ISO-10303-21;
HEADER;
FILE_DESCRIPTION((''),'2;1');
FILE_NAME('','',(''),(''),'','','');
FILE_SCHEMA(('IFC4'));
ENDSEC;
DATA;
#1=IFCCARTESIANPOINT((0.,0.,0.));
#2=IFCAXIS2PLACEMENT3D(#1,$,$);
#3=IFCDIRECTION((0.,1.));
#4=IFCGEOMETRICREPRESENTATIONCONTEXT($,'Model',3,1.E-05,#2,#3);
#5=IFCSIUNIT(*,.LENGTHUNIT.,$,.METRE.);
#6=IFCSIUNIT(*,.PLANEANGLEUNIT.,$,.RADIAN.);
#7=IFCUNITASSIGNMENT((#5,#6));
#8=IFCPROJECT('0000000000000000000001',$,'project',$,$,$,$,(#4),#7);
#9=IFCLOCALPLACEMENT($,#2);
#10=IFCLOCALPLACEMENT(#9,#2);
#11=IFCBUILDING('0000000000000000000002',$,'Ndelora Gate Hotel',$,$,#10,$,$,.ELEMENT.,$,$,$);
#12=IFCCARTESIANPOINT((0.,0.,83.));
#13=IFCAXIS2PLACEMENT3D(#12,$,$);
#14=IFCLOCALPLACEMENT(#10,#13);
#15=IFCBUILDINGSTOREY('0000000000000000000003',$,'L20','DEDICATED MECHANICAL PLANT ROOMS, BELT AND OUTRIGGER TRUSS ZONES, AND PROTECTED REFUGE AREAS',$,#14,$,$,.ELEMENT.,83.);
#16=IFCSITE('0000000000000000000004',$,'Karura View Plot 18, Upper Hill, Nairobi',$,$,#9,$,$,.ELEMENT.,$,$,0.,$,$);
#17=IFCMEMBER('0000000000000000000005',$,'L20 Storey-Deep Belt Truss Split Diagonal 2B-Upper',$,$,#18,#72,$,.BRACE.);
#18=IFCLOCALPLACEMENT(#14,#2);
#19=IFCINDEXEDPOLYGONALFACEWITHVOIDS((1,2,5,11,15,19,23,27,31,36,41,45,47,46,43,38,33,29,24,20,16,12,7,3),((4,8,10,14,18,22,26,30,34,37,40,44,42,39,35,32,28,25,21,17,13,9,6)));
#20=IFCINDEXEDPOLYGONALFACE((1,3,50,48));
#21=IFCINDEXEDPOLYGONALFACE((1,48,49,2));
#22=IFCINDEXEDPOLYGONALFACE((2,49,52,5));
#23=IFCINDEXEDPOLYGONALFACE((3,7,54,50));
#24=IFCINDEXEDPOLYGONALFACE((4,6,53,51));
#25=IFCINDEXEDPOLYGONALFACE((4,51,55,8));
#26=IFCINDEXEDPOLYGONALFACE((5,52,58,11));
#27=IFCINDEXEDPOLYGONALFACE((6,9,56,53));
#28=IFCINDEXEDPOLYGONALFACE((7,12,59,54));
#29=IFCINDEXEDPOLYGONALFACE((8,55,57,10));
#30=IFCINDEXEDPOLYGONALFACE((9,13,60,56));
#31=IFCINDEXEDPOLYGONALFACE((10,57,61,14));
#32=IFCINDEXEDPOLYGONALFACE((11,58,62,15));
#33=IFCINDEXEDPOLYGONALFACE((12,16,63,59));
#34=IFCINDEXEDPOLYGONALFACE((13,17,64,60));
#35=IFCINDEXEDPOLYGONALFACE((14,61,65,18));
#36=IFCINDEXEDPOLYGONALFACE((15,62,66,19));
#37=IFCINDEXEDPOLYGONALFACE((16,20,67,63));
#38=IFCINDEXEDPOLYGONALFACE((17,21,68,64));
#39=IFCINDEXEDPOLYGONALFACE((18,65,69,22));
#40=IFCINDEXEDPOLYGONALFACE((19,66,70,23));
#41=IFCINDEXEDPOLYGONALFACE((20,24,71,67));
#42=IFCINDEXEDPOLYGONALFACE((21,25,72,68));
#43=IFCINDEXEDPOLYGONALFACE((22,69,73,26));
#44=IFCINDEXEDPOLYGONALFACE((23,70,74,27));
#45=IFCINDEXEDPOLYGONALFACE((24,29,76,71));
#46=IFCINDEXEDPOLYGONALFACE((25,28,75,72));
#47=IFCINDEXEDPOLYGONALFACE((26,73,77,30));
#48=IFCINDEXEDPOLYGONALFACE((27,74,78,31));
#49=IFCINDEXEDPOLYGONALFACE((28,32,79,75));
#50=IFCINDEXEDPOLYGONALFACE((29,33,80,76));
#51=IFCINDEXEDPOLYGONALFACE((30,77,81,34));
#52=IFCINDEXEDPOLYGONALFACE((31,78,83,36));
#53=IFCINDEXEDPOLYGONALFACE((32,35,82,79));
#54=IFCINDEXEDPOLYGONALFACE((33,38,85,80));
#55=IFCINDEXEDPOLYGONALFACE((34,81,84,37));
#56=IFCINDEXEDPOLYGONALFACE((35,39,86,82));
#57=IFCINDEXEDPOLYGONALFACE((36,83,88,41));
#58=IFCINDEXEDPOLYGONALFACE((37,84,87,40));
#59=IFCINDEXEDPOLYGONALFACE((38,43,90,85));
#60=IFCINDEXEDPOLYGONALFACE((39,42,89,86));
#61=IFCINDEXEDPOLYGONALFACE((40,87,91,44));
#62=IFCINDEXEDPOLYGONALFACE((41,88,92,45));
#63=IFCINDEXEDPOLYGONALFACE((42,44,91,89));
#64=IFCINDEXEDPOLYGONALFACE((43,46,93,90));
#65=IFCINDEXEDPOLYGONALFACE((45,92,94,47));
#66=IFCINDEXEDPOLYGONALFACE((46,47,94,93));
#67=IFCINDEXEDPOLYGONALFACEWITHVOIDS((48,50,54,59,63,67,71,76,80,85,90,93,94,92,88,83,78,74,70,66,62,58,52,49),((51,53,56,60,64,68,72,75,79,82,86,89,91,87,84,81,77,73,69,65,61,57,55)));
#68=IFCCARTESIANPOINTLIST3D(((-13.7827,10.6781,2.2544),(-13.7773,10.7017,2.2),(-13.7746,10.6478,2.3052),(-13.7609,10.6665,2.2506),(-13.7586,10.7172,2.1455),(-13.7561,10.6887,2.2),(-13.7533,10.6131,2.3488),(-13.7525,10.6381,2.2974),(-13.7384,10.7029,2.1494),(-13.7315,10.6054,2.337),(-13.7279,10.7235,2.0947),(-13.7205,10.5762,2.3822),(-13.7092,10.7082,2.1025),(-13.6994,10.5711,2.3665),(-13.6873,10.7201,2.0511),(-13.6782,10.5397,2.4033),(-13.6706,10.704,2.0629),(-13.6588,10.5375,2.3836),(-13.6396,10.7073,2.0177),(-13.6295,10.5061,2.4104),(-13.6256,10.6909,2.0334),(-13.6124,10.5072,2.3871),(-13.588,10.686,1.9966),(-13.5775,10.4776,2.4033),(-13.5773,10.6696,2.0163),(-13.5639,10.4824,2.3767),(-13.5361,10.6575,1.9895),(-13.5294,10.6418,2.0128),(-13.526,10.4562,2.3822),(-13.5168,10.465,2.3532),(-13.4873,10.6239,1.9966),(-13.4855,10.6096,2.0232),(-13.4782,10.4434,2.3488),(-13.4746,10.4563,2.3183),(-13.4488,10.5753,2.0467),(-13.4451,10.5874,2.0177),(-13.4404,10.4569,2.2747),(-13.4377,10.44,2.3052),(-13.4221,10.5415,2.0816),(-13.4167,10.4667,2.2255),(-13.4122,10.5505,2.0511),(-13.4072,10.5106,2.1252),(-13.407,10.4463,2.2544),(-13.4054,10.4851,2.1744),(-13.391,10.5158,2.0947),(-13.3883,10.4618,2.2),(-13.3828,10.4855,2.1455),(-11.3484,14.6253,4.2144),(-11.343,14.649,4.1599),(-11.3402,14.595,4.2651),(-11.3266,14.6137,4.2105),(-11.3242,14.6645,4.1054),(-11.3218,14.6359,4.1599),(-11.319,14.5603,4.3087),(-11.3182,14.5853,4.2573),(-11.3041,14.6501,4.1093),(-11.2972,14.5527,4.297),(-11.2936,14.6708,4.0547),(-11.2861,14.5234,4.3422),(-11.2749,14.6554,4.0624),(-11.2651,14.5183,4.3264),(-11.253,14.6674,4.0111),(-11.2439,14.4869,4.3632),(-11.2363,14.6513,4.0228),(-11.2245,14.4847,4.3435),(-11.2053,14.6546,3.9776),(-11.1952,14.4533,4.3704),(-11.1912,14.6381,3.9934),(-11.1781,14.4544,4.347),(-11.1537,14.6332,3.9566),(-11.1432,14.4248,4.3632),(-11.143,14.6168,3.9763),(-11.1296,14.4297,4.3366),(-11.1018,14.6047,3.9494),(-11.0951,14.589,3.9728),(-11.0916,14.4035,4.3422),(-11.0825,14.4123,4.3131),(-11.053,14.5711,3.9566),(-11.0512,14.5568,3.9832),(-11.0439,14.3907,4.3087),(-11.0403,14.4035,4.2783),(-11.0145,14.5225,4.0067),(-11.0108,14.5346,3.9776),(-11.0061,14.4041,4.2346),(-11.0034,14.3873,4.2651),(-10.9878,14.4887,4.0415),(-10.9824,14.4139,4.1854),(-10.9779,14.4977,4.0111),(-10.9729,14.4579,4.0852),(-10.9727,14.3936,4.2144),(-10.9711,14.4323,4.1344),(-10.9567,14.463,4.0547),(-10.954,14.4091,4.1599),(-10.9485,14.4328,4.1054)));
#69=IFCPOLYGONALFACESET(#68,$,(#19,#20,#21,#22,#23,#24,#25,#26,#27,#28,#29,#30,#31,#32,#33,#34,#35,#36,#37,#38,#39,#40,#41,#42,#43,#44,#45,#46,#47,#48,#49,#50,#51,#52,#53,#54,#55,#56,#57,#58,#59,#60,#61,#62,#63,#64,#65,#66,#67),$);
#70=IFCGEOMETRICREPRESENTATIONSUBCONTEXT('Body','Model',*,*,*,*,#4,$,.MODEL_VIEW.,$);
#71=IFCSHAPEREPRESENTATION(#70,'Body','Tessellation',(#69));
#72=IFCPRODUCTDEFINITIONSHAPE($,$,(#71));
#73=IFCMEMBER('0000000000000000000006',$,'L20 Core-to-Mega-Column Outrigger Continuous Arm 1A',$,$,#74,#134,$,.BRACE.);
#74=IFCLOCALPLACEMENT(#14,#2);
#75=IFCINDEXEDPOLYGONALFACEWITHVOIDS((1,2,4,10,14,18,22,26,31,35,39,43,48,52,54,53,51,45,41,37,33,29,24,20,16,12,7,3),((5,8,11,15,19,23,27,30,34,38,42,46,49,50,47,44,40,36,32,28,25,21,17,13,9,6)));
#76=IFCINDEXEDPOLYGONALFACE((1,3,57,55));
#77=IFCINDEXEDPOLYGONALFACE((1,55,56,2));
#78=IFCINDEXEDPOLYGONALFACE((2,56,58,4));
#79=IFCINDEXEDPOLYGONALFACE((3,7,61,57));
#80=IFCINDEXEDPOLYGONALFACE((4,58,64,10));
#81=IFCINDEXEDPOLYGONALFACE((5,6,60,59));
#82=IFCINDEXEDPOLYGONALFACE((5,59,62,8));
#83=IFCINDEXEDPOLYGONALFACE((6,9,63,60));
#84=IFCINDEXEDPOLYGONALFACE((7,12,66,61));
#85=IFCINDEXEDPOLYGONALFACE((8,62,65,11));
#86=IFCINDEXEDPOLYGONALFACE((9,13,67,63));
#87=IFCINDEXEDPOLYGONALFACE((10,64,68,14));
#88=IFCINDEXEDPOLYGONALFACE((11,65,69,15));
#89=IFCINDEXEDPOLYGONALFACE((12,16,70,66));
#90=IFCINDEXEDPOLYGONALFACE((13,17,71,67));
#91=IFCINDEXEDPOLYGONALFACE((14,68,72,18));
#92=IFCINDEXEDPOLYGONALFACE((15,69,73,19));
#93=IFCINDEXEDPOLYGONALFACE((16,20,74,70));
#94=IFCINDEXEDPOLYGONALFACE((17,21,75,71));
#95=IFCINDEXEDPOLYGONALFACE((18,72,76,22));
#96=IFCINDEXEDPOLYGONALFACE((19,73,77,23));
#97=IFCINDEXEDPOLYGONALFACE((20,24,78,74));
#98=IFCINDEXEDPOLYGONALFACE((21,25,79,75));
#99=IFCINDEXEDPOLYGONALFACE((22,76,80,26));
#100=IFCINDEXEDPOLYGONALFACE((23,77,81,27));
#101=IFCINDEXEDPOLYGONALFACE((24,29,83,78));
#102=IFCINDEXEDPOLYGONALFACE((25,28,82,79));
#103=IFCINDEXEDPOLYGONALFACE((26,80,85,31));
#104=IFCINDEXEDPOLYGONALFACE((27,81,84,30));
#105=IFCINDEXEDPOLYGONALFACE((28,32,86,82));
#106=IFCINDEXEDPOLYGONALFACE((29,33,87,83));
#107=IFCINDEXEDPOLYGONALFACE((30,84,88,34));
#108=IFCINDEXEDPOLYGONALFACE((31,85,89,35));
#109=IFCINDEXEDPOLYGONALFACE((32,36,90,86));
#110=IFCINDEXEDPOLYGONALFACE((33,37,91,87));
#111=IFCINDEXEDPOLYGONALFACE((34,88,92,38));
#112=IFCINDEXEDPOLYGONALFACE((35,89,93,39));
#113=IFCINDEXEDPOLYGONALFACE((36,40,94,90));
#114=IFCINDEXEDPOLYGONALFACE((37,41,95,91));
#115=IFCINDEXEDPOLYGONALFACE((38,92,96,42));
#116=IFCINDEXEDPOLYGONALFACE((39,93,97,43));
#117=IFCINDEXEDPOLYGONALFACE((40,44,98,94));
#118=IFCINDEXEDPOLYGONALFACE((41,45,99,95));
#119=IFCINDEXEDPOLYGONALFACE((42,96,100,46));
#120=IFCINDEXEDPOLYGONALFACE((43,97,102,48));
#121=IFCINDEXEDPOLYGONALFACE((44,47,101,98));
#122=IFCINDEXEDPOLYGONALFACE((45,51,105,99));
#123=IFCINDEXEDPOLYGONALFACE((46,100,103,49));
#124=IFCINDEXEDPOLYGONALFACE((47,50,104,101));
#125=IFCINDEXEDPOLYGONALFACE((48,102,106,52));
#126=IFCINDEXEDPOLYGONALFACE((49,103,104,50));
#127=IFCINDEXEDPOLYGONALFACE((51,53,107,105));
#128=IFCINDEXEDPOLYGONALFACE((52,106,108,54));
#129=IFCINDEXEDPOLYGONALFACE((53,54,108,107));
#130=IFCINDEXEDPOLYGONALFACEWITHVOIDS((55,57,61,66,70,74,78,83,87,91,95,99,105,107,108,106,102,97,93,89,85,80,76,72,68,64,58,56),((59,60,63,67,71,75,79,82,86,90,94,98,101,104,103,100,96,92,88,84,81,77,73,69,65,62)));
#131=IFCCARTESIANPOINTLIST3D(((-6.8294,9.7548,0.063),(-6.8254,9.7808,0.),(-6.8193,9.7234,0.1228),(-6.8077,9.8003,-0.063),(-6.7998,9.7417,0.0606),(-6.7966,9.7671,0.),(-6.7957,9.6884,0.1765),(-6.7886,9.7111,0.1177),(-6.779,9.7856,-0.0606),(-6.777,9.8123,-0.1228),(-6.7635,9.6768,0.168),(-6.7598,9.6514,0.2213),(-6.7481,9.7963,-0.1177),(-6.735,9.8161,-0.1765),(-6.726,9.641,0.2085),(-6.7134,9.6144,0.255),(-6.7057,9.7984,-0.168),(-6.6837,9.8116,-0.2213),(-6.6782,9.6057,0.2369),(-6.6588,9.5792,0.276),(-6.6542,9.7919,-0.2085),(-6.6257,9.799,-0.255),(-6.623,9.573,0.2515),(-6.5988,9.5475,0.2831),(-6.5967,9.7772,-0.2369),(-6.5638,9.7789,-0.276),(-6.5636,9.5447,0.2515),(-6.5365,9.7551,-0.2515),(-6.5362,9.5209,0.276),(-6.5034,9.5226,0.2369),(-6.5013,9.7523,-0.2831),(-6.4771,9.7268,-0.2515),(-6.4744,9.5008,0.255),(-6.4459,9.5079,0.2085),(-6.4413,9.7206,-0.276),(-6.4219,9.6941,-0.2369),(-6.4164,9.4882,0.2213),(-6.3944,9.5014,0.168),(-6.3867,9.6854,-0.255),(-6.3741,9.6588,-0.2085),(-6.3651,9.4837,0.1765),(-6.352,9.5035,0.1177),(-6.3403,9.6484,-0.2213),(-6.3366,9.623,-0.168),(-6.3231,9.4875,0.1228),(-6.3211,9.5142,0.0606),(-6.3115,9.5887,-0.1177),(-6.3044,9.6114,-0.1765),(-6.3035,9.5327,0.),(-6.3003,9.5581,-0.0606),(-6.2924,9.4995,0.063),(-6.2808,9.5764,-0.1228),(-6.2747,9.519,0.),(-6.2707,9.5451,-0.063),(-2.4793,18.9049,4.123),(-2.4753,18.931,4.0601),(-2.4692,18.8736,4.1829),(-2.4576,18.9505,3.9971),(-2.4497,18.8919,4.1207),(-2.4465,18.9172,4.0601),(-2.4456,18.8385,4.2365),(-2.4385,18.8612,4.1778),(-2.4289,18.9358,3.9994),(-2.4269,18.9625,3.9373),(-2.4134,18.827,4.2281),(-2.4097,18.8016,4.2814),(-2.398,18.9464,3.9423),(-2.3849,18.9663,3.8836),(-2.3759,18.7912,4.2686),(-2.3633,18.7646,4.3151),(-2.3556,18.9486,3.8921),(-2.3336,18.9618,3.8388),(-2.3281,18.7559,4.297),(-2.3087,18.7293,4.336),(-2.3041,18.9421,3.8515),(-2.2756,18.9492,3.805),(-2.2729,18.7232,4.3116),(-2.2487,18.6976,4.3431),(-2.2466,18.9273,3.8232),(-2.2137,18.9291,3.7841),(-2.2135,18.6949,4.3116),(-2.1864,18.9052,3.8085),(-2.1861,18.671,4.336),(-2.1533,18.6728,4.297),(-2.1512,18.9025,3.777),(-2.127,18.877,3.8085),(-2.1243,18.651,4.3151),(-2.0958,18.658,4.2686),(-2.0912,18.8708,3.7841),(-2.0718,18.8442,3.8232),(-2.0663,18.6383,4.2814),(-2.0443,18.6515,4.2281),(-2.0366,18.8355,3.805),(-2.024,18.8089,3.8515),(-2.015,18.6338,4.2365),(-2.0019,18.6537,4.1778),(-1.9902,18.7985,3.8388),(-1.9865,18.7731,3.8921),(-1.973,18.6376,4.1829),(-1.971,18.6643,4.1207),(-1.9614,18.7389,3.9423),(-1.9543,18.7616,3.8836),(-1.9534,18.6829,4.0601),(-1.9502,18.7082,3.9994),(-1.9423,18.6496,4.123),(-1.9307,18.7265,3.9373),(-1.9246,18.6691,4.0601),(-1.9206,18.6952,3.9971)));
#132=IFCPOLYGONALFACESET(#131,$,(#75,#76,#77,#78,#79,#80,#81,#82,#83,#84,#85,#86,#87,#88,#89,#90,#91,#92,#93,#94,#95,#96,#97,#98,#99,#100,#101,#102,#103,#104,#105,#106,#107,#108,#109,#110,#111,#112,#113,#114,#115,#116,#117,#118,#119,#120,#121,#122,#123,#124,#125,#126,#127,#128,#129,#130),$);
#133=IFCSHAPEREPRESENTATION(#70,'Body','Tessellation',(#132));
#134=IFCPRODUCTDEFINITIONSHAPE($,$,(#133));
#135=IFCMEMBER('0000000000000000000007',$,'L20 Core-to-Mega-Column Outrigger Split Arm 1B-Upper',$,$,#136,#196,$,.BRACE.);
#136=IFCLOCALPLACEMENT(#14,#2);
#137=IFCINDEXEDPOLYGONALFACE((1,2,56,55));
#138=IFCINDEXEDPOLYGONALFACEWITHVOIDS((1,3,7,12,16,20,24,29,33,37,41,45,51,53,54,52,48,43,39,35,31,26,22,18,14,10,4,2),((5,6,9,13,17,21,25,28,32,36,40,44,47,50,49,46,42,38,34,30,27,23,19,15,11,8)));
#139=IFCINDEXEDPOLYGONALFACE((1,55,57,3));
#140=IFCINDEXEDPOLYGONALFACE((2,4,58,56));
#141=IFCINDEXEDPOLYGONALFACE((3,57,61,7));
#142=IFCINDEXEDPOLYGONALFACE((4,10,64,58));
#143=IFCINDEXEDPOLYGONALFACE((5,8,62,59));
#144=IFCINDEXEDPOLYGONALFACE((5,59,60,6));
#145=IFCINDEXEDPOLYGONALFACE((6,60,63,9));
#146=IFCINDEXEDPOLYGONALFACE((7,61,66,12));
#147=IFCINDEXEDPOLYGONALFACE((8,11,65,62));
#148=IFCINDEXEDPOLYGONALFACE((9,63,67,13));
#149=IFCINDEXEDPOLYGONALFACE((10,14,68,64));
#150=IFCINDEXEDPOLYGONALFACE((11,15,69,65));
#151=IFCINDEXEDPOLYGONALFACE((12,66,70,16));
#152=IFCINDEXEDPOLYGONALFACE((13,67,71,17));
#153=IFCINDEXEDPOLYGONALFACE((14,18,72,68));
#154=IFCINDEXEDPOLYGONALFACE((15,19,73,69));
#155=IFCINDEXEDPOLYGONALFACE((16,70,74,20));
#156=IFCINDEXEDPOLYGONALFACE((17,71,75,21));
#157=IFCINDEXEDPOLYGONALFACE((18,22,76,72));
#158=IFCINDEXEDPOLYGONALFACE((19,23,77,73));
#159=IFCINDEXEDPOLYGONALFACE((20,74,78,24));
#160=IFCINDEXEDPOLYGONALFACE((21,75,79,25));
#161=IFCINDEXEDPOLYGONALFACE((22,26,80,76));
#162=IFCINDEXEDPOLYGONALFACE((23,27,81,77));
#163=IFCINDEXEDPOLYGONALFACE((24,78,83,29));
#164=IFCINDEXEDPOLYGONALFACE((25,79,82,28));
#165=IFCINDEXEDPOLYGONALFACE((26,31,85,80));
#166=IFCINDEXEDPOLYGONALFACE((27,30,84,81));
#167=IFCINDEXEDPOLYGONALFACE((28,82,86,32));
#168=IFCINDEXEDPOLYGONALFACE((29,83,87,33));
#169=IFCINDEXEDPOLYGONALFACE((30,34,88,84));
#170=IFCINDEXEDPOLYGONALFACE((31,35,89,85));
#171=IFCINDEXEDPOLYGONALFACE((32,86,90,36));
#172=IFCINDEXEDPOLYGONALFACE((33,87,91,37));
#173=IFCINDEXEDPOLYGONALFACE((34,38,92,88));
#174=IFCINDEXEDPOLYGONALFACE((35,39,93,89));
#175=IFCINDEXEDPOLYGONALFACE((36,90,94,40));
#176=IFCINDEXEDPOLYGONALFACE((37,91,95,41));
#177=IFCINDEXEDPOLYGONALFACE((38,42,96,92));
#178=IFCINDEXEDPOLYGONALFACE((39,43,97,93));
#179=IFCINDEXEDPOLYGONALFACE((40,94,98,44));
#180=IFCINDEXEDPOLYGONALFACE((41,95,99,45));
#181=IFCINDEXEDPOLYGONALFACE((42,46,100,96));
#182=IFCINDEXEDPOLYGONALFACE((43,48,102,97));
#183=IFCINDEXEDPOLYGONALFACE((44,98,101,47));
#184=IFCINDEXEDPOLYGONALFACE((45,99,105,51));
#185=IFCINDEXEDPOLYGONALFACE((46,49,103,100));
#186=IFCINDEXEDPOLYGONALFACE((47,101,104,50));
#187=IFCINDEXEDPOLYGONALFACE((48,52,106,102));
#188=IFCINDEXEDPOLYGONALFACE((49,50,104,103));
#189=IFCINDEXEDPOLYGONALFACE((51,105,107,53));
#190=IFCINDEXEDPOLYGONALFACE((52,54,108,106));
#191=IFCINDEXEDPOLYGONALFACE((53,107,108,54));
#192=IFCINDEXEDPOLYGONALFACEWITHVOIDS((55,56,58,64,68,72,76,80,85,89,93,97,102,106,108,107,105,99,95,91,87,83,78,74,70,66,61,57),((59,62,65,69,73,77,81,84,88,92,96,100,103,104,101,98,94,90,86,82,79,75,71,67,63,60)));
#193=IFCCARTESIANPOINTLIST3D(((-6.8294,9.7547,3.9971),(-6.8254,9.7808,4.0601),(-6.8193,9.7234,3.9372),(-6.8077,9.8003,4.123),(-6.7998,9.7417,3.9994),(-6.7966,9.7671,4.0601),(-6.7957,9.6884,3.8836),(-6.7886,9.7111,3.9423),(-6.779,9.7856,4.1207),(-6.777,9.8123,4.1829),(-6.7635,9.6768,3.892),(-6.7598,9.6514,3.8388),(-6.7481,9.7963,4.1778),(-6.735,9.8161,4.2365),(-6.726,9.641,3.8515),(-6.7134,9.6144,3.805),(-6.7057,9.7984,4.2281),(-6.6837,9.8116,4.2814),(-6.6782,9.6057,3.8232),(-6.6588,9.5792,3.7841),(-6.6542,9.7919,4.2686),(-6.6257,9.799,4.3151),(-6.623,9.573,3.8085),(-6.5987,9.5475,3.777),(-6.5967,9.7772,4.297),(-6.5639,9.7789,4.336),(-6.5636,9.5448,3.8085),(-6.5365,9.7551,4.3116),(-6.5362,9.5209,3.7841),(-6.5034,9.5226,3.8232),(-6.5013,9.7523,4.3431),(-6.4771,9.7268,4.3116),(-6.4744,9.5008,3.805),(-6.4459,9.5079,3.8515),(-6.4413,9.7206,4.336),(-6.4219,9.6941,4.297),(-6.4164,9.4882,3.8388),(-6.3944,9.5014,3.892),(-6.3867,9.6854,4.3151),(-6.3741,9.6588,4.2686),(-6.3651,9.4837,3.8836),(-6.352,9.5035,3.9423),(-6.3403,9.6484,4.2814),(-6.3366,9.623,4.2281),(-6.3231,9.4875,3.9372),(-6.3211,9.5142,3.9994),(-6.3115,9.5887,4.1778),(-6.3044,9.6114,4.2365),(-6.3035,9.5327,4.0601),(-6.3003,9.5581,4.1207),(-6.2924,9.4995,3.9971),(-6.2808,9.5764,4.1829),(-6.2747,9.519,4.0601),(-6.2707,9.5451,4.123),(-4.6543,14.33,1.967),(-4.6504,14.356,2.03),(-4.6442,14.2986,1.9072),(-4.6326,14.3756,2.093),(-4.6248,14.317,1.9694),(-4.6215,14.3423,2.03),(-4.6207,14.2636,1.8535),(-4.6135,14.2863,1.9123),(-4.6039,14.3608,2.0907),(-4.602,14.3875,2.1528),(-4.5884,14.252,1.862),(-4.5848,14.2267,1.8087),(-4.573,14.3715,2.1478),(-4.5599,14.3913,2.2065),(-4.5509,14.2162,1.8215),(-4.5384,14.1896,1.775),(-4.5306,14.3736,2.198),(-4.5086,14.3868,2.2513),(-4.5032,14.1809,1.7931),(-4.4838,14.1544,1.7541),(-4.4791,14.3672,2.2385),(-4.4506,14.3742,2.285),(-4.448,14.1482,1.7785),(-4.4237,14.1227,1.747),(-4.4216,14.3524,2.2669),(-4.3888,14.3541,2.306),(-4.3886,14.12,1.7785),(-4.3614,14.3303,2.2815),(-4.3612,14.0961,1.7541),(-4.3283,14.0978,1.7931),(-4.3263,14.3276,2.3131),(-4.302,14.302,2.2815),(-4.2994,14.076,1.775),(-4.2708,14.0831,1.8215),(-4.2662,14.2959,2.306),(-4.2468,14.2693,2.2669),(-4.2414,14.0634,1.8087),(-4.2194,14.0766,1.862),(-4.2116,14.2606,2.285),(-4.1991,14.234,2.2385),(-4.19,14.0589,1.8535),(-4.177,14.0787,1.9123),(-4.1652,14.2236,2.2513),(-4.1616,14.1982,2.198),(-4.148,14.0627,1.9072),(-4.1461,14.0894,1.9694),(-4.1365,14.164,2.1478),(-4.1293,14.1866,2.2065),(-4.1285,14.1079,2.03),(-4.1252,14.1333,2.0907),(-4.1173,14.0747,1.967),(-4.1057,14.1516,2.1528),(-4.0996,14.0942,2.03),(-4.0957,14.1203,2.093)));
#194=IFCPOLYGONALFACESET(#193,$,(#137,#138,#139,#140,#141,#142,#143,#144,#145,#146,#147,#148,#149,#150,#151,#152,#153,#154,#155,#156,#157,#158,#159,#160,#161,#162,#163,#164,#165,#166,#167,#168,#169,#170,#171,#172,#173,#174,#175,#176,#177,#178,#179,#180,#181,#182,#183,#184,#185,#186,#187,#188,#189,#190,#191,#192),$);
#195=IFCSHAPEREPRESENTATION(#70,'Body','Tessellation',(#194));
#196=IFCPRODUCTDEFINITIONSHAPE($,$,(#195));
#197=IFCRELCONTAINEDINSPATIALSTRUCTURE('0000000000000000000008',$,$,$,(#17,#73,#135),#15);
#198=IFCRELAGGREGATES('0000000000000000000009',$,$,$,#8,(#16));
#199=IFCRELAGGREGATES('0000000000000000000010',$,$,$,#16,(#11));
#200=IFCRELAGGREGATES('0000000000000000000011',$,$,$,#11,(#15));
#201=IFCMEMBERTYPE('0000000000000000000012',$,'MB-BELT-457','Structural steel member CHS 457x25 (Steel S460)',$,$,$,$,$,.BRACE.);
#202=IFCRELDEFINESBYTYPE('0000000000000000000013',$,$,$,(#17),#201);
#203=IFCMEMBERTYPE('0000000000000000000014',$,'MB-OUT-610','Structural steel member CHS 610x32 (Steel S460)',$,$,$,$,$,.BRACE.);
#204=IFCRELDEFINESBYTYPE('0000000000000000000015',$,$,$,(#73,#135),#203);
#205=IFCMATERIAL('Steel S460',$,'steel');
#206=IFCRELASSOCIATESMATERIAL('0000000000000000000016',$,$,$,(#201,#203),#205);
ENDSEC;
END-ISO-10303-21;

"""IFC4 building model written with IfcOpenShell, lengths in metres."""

from ifc_helpers import new_model, si_unit, direction, frame, origin, origin_2d, place, context, subcontext, project, spatial, hollow_circle, extrude, material, material_profile, profile_set, type_object, element, save


model = new_model("IFC4")

# Units and contexts
model_context = context("Model", 3, precision=1e-05, world=origin(), true_north=direction((0.0, 1.0)))
body_context = subcontext(model_context, "Body", "Model", "MODEL_VIEW")
ifc_project = project(units=[si_unit("LENGTHUNIT", "METRE"), si_unit("PLANEANGLEUNIT", "RADIAN")], contexts=[model_context])

# Site, building, storey
site_placement = place(None, origin())
site = spatial("IfcSite", under=ifc_project, at=site_placement, Name="Karura View Plot 18, Upper Hill, Nairobi", CompositionType="ELEMENT", RefElevation=0.0)
building_placement = place(site_placement, origin())
building = spatial("IfcBuilding", under=site, at=building_placement, Name="Ndelora Gate Hotel", CompositionType="ELEMENT")
storey_placement = place(building_placement, frame((0.0, 0.0, 83.0)))
storey = spatial("IfcBuildingStorey", under=building, at=storey_placement, Name="L20", Description="DEDICATED MECHANICAL PLANT ROOMS, BELT AND OUTRIGGER TRUSS ZONES, AND PROTECTED REFUGE AREAS", CompositionType="ELEMENT", Elevation=83.0)

# Shared definitions
ifc_material_1 = material(Name="Steel S460", Category="steel")

# Members
ifc_material_profile_1 = material_profile(ifc_material_1, hollow_circle(Radius=0.2285, WallThickness=0.0249, at=origin_2d()), Name="CHS 457x25")
ifc_profile_set_1 = profile_set([ifc_material_profile_1], Name="Steel S460")
member_type_1 = type_object("IfcMemberType", Name="MB-BELT-457", Description="Structural steel member CHS 457x25 (Steel S460)", PredefinedType="BRACE", material=ifc_profile_set_1)
member_1_placement = place(storey_placement, frame((-13.5828, 10.5818, 2.2), z_axis=(0.483509, 0.784011, 0.38929), x_axis=(-0.851154, 0.524917, 0.0)))
element("IfcMember", 1, at=member_1_placement, inside=storey, type_object=member_type_1, Name="L20 Storey-Deep Belt Truss Split Diagonal 2B-Upper", PredefinedType="BRACE", context=body_context, shape_type="SweptSolid", body=[
    extrude(hollow_circle(Radius=0.2285, WallThickness=0.0249, at=origin_2d()), origin(), (0.0, 0.0, 1.0), 5.0347),
])
ifc_material_profile_2 = material_profile(ifc_material_1, hollow_circle(Radius=0.3049, WallThickness=0.032, at=origin_2d()), Name="CHS 610x32")
ifc_profile_set_2 = profile_set([ifc_material_profile_2], Name="Steel S460")
member_type_2 = type_object("IfcMemberType", Name="MB-OUT-610", Description="Structural steel member CHS 610x32 (Steel S460)", PredefinedType="BRACE", material=ifc_profile_set_2)
member_2_placement = place(storey_placement, frame((-6.55, 9.6499, 0.0), z_axis=(0.398551, 0.838326, 0.371978), x_axis=(-0.903133, 0.429361, 0.0)))
element("IfcMember", 2, at=member_2_placement, inside=storey, type_object=member_type_2, Name="L20 Core-to-Mega-Column Outrigger Continuous Arm 1A", PredefinedType="BRACE", context=body_context, shape_type="SweptSolid", body=[
    extrude(hollow_circle(Radius=0.3049, WallThickness=0.032, at=origin_2d()), origin(), (0.0, 0.0, 1.0), 10.9148),
])
member_3_placement = place(storey_placement, frame((-6.55, 9.6499, 4.0601), z_axis=(0.398543, 0.838332, -0.371971), x_axis=(-0.903137, 0.429352, 0.0)))
element("IfcMember", 3, at=member_3_placement, inside=storey, type_object=member_type_2, Name="L20 Core-to-Mega-Column Outrigger Split Arm 1B-Upper", PredefinedType="BRACE", context=body_context, shape_type="SweptSolid", body=[
    extrude(hollow_circle(Radius=0.3049, WallThickness=0.032, at=origin_2d()), origin(), (0.0, 0.0, 1.0), 5.4575),
])

save(model, "model.ifc")
